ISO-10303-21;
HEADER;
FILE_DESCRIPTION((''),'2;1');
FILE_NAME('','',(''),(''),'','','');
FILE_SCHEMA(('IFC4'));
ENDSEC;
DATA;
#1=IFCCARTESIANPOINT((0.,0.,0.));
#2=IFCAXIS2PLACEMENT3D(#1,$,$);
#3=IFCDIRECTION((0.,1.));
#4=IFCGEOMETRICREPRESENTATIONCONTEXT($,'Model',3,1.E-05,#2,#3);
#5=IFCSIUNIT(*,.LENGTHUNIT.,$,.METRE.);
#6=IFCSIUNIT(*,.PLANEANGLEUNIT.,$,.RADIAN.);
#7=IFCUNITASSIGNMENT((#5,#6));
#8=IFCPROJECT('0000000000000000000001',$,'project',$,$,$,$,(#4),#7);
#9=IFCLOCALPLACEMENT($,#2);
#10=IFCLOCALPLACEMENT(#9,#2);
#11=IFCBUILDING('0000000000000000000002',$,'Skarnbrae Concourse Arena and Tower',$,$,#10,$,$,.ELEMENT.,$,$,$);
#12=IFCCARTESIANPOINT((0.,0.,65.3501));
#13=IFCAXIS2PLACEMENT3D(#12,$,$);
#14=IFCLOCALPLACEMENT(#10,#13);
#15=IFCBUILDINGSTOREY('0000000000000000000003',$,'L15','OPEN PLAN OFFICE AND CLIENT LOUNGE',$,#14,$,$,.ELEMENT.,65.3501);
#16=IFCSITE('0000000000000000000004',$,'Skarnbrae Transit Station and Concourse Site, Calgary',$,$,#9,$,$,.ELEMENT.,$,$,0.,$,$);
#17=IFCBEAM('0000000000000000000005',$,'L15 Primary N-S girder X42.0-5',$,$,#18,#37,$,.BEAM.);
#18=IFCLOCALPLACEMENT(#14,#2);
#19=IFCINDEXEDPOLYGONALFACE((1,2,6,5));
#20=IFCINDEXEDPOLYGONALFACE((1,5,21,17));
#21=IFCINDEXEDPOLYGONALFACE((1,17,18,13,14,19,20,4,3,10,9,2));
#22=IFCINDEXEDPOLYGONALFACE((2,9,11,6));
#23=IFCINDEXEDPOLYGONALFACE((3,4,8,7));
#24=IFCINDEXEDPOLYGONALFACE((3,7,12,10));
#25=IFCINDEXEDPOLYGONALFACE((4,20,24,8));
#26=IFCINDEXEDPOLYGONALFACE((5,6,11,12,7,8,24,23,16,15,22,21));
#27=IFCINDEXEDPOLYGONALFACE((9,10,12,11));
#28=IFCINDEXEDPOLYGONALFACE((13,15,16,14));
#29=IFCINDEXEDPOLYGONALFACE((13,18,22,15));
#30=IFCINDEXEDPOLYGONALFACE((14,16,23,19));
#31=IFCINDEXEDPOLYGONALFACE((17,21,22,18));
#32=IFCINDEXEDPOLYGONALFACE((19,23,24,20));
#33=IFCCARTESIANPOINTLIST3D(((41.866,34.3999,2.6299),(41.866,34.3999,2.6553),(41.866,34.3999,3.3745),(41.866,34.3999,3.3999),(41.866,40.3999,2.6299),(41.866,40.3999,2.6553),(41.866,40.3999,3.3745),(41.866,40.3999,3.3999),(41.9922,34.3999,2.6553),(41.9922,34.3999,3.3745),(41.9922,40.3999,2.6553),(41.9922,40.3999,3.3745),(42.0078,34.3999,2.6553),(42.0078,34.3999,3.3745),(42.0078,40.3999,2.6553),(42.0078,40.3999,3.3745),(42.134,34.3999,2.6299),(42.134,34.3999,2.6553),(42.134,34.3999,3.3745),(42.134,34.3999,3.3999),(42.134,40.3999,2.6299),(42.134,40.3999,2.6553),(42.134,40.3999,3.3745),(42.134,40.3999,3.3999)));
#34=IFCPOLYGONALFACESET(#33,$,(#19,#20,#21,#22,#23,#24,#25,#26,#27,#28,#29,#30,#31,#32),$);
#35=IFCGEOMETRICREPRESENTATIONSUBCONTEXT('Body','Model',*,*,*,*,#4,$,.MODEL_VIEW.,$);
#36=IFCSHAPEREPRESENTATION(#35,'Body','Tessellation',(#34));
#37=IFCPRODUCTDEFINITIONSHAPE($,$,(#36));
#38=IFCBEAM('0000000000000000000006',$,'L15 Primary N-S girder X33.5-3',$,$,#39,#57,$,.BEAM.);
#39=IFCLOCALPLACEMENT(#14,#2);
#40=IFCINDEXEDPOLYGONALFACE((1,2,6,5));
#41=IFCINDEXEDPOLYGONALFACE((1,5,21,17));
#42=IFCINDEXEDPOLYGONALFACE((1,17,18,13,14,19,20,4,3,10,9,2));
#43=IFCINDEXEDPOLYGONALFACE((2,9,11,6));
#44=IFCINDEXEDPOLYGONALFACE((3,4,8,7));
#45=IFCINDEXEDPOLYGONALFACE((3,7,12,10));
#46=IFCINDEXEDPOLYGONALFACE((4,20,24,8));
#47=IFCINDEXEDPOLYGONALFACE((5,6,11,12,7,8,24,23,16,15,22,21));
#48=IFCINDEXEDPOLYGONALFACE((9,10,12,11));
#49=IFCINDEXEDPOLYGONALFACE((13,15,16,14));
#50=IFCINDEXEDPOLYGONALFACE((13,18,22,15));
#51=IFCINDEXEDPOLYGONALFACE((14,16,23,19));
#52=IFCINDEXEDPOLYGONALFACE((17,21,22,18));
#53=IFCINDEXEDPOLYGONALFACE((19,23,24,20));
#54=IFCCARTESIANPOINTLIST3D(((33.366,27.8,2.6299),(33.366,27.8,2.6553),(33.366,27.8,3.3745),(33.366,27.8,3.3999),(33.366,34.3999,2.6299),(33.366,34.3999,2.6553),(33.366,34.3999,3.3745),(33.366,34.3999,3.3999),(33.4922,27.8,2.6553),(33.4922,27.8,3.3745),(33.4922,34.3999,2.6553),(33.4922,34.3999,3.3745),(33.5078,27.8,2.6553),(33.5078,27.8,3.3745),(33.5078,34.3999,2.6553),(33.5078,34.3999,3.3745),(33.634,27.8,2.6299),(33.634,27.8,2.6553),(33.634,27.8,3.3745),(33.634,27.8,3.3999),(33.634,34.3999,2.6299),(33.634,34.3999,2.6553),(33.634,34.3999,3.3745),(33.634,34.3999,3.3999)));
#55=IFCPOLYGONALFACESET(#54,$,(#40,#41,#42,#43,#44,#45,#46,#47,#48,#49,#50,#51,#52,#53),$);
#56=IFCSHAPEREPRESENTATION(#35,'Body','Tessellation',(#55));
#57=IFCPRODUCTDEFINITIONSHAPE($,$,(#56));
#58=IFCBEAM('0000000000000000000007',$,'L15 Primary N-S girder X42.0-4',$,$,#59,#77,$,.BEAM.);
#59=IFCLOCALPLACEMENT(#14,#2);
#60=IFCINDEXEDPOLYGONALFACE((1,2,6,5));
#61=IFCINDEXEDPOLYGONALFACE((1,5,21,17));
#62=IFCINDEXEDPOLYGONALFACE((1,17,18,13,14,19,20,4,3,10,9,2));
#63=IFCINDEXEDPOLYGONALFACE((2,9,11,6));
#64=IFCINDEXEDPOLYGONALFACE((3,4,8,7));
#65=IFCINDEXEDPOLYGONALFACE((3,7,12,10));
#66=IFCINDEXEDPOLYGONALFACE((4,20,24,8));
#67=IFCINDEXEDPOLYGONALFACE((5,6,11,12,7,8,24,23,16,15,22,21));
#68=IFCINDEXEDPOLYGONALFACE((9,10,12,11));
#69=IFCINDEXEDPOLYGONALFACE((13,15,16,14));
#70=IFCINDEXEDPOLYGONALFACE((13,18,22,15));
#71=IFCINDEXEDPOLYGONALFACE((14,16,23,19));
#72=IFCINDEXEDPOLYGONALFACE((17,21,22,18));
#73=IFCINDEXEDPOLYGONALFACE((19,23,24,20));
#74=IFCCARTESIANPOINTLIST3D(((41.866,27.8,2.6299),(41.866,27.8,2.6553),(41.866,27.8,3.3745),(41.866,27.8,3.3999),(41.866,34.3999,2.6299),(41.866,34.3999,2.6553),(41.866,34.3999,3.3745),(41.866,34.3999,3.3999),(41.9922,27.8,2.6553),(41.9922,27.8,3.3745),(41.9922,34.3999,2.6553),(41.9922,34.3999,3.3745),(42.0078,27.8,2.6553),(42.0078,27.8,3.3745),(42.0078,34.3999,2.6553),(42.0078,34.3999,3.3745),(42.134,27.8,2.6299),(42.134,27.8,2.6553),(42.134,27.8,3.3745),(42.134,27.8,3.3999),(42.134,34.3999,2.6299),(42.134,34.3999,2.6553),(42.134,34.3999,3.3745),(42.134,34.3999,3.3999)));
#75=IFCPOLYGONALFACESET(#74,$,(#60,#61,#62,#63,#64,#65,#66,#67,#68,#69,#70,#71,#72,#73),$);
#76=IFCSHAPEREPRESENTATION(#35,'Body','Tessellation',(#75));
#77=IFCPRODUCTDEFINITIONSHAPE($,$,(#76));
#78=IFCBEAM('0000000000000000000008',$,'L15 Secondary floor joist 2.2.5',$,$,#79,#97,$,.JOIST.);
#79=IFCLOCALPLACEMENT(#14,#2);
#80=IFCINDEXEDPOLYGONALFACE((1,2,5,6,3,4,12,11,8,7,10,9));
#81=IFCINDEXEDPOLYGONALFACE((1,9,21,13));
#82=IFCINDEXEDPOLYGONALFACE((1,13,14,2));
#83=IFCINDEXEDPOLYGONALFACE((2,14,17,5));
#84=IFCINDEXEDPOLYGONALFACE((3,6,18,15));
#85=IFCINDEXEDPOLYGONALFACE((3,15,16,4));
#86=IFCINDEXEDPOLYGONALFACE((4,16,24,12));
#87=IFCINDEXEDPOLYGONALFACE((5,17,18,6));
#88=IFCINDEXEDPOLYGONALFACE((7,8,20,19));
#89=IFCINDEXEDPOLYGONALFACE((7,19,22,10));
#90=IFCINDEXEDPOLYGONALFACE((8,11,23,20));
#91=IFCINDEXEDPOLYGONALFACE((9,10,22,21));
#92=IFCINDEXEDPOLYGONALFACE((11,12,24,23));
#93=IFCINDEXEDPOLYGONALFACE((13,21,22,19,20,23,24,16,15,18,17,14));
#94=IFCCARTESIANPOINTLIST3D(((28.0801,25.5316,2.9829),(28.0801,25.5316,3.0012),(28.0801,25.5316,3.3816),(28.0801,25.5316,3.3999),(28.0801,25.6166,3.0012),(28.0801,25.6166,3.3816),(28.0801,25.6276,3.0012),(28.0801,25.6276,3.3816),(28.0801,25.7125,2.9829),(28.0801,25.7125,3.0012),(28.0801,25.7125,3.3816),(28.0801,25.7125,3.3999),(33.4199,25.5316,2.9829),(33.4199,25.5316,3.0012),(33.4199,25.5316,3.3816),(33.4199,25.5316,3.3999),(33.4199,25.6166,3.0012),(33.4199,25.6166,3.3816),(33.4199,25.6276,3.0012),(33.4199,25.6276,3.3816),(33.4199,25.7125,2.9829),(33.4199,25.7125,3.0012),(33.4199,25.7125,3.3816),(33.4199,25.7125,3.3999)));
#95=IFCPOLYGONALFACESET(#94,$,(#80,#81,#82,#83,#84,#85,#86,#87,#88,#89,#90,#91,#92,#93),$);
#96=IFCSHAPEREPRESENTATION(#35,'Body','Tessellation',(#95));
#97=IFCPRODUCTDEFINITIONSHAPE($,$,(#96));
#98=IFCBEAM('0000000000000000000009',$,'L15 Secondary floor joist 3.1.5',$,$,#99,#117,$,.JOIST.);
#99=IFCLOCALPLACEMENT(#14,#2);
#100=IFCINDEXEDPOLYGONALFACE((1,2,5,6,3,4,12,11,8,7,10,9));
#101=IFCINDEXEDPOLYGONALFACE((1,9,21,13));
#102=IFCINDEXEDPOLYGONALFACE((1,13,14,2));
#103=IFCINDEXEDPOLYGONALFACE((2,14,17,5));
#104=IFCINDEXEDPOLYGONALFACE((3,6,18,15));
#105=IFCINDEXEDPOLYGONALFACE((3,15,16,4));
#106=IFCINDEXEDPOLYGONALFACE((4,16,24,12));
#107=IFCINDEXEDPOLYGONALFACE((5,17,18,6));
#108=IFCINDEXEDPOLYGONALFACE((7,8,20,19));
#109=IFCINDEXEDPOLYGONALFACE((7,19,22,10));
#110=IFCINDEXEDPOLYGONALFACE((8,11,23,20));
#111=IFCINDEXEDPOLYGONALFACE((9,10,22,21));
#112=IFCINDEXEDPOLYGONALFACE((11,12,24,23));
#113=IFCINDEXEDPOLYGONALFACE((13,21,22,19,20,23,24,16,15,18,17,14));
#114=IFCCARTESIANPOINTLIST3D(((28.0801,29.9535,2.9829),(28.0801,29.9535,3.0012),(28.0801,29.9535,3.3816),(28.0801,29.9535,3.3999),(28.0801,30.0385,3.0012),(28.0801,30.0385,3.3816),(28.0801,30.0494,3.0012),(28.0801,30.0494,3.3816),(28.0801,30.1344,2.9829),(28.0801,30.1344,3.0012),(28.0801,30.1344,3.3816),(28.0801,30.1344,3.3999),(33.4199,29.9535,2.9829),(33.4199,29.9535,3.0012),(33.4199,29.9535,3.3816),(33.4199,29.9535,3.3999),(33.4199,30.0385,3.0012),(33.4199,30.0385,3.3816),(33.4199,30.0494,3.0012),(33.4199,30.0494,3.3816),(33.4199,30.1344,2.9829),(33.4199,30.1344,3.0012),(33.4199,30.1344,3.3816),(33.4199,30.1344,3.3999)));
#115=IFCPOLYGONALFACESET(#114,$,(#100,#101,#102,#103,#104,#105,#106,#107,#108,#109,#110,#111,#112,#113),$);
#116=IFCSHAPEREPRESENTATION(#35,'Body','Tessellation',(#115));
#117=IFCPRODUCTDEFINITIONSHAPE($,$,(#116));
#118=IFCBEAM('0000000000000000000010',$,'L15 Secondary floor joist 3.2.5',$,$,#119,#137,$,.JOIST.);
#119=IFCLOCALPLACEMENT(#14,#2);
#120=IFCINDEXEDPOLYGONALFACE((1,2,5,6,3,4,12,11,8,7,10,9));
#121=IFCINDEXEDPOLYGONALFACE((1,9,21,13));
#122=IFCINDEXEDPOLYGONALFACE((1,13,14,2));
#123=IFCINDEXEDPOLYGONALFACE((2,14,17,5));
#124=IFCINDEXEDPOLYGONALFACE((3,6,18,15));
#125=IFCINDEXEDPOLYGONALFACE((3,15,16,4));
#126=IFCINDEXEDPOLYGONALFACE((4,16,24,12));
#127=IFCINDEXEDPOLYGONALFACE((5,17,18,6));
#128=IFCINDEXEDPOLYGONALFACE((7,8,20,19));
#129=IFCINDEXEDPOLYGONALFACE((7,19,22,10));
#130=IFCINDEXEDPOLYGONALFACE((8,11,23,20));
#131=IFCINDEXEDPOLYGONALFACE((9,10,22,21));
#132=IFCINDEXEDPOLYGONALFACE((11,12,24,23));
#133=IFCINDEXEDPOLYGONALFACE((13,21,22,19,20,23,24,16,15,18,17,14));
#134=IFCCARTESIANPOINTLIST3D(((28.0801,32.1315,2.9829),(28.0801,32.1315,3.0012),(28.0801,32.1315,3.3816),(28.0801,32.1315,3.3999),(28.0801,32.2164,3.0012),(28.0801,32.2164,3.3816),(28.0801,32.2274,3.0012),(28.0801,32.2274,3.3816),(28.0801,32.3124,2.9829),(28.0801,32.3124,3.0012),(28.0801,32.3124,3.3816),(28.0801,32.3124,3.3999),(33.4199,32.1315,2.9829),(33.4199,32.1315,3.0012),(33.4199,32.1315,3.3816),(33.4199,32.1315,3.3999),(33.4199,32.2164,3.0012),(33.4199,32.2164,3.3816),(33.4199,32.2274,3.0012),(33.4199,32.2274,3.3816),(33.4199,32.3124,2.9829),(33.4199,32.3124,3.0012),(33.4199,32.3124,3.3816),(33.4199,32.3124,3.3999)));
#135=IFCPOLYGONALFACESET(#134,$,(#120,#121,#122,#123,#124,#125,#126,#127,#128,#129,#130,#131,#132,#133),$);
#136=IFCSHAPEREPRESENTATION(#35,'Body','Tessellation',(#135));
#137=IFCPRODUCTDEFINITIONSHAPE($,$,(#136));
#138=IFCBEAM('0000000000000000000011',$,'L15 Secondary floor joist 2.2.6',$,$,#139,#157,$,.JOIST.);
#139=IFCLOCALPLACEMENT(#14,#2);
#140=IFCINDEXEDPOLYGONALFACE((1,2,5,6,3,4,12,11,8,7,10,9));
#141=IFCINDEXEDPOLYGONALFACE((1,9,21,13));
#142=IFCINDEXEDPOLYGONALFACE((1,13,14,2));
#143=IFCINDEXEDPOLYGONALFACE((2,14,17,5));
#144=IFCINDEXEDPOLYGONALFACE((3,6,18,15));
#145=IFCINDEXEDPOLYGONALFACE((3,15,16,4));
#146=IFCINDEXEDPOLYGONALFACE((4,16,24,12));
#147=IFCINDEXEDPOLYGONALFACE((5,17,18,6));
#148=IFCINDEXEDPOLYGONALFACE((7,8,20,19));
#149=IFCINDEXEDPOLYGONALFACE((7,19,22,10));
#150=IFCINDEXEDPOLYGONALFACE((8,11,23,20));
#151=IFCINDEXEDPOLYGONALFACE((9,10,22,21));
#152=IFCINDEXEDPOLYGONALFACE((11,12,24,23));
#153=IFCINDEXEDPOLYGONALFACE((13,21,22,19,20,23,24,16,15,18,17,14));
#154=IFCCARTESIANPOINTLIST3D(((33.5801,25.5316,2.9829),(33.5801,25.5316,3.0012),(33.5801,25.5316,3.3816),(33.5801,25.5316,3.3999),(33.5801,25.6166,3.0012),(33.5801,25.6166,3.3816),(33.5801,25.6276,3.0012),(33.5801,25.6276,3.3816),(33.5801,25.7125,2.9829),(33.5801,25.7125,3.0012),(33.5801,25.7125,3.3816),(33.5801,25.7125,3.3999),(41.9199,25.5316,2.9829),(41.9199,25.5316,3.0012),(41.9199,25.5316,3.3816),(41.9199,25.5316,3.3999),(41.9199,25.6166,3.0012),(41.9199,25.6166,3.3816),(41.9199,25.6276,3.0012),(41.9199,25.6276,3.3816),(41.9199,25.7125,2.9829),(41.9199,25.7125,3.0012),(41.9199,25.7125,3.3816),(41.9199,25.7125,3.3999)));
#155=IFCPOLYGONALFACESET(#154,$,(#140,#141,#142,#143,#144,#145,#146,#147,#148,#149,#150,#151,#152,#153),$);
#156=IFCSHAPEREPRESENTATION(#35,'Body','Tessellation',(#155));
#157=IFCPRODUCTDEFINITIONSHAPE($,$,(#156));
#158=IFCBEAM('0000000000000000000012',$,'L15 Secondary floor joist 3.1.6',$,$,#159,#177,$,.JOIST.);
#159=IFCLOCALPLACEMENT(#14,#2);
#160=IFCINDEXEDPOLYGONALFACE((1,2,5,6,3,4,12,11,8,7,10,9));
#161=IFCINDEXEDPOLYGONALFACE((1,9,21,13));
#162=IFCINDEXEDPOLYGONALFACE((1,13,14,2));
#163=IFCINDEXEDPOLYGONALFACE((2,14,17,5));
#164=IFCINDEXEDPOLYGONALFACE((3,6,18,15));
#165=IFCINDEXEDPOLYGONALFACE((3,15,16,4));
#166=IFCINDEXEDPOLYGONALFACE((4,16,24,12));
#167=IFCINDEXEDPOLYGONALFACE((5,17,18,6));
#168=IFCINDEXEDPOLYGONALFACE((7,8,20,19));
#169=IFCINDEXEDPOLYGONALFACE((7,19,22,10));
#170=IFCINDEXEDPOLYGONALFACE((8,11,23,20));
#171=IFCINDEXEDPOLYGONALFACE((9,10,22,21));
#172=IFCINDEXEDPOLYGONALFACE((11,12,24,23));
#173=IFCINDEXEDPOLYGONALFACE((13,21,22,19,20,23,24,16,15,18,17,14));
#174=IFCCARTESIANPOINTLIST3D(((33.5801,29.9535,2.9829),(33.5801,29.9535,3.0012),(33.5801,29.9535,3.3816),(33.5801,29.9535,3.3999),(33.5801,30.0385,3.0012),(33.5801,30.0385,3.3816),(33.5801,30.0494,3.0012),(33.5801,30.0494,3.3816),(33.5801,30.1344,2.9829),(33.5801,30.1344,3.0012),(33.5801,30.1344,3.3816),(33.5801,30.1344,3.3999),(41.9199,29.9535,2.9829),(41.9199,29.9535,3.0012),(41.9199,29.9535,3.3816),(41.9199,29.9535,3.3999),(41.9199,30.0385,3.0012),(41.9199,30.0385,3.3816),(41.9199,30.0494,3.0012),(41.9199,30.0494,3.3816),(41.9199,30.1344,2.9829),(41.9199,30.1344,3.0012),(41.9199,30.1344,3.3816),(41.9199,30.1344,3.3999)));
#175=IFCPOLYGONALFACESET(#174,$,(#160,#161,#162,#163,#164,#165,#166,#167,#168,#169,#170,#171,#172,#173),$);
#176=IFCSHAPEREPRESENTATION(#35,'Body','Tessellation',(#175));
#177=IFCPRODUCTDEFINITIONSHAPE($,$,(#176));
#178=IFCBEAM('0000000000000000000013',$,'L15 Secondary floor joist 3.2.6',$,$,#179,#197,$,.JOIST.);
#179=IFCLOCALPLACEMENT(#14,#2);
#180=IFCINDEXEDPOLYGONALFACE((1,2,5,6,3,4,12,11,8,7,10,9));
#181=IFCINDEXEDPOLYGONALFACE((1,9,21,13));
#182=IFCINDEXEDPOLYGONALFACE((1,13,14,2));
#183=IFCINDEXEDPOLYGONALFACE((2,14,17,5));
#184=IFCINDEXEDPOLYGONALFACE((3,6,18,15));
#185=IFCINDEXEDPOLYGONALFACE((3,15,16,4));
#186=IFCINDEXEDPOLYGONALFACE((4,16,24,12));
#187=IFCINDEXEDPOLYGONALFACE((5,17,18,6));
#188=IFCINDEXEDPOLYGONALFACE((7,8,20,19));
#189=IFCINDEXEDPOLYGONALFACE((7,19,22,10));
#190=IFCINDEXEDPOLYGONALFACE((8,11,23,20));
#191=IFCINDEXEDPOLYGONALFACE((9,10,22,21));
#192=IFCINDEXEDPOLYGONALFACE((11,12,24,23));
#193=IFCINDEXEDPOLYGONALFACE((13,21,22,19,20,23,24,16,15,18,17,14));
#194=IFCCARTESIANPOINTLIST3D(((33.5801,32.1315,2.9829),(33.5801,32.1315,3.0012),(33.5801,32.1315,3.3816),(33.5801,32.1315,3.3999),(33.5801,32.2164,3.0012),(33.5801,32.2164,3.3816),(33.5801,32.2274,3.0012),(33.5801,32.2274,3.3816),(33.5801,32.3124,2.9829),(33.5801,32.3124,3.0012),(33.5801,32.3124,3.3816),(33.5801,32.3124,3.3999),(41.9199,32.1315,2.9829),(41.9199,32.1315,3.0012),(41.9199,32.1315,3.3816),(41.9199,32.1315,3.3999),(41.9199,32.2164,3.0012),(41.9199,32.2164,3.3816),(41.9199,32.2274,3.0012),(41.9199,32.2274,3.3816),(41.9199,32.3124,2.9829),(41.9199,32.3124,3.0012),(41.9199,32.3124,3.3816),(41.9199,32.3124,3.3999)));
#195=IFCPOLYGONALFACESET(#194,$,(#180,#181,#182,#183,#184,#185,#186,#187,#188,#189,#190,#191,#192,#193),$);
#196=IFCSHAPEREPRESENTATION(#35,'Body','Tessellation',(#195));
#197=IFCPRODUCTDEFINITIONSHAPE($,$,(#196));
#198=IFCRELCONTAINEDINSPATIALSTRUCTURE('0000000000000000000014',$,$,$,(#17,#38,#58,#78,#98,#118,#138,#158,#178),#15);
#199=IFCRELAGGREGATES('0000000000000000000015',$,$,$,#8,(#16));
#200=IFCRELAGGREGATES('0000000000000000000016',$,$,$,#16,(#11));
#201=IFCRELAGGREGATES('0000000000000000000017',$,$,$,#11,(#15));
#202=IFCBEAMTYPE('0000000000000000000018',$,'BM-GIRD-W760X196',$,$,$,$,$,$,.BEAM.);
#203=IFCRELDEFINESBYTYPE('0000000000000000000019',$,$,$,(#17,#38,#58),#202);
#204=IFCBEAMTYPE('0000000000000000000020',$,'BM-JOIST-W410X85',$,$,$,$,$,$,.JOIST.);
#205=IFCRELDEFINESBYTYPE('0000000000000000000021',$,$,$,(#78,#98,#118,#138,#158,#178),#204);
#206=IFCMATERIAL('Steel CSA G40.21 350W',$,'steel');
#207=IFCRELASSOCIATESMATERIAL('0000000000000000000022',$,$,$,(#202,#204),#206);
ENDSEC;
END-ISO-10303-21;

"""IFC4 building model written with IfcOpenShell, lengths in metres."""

from ifc_helpers import new_model, si_unit, direction, frame, origin, origin_2d, place, context, subcontext, project, spatial, i_section, extrude, source, transform, mapped, material, material_profile, profile_set, type_object, element, save


model = new_model("IFC4")

# Units and contexts
model_context = context("Model", 3, precision=1e-05, world=origin(), true_north=direction((0.0, 1.0)))
body_context = subcontext(model_context, "Body", "Model", "MODEL_VIEW")
ifc_project = project(units=[si_unit("LENGTHUNIT", "METRE"), si_unit("PLANEANGLEUNIT", "RADIAN")], contexts=[model_context])

# Site, building, storey
site_placement = place(None, origin())
site = spatial("IfcSite", under=ifc_project, at=site_placement, Name="Skarnbrae Transit Station and Concourse Site, Calgary", CompositionType="ELEMENT", RefElevation=0.0)
building_placement = place(site_placement, origin())
building = spatial("IfcBuilding", under=site, at=building_placement, Name="Skarnbrae Concourse Arena and Tower", CompositionType="ELEMENT")
storey_placement = place(building_placement, frame((0.0, 0.0, 65.3501)))
storey = spatial("IfcBuildingStorey", under=building, at=storey_placement, Name="L15", Description="OPEN PLAN OFFICE AND CLIENT LOUNGE", CompositionType="ELEMENT", Elevation=65.3501)

# Shared definitions
ifc_material_1 = material(Name="Steel CSA G40.21 350W", Category="steel")

# Beams
ifc_material_profile_1 = material_profile(ifc_material_1, i_section(OverallWidth=0.2681, OverallDepth=0.77, WebThickness=0.0156, FlangeThickness=0.0254, at=origin_2d()), Name="W760X196")
ifc_profile_set_1 = profile_set([ifc_material_profile_1], Name="Steel CSA G40.21 350W")
beam_type_1 = type_object("IfcBeamType", Name="BM-GIRD-W760X196", PredefinedType="BEAM", material=ifc_profile_set_1)
shared_shape_1 = source(origin(), body_context, "Body", "SweptSolid", [
    extrude(i_section(OverallWidth=0.2681, OverallDepth=0.77, WebThickness=0.0156, FlangeThickness=0.0254, at=origin_2d()), origin(), (0.0, 0.0, 1.0), 6.0),
])
for number, where, z_axis, x_axis, name in (
    (1, (42.0, 34.3999, 3.0149), (0.0, 1.0, 0.0), (-1.0, 0.0, 0.0), "L15 Primary N-S girder X42.0-5"),
):
    element("IfcBeam", number, at=place(storey_placement, frame(where, z_axis=z_axis, x_axis=x_axis)), inside=storey, type_object=beam_type_1, Name=name, PredefinedType="BEAM", context=body_context, shape_type="MappedRepresentation", body=[
        mapped(shared_shape_1, transform((0.0, 0.0, 0.0))),
    ])
shared_shape_2 = source(origin(), body_context, "Body", "SweptSolid", [
    extrude(i_section(OverallWidth=0.2681, OverallDepth=0.77, WebThickness=0.0156, FlangeThickness=0.0254, at=origin_2d()), origin(), (0.0, 0.0, 1.0), 6.5999),
])
for number, where, z_axis, x_axis, name in (
    (2, (33.5, 27.8, 3.0149), (0.0, 1.0, 0.0), (-1.0, 0.0, 0.0), "L15 Primary N-S girder X33.5-3"),
    (3, (42.0, 27.8, 3.0149), (0.0, 1.0, 0.0), (-1.0, 0.0, 0.0), "L15 Primary N-S girder X42.0-4"),
):
    element("IfcBeam", number, at=place(storey_placement, frame(where, z_axis=z_axis, x_axis=x_axis)), inside=storey, type_object=beam_type_1, Name=name, PredefinedType="BEAM", context=body_context, shape_type="MappedRepresentation", body=[
        mapped(shared_shape_2, transform((0.0, 0.0, 0.0))),
    ])
ifc_material_profile_2 = material_profile(ifc_material_1, i_section(OverallWidth=0.1809, OverallDepth=0.417, WebThickness=0.011, FlangeThickness=0.0183, at=origin_2d()), Name="W410X85")
ifc_profile_set_2 = profile_set([ifc_material_profile_2], Name="Steel CSA G40.21 350W")
beam_type_2 = type_object("IfcBeamType", Name="BM-JOIST-W410X85", PredefinedType="JOIST", material=ifc_profile_set_2)
shared_shape_3 = source(origin(), body_context, "Body", "SweptSolid", [
    extrude(i_section(OverallWidth=0.1809, OverallDepth=0.417, WebThickness=0.011, FlangeThickness=0.0183, at=origin_2d()), origin(), (0.0, 0.0, 1.0), 5.3398),
])
for number, where, z_axis, x_axis, name in (
    (4, (28.0801, 25.6221, 3.1914), (1.0, 0.0, 0.0), (0.0, 1.0, 0.0), "L15 Secondary floor joist 2.2.5"),
    (5, (28.0801, 30.0439, 3.1914), (1.0, 0.0, 0.0), (0.0, 1.0, 0.0), "L15 Secondary floor joist 3.1.5"),
    (6, (28.0801, 32.2219, 3.1914), (1.0, 0.0, 0.0), (0.0, 1.0, 0.0), "L15 Secondary floor joist 3.2.5"),
):
    element("IfcBeam", number, at=place(storey_placement, frame(where, z_axis=z_axis, x_axis=x_axis)), inside=storey, type_object=beam_type_2, Name=name, PredefinedType="JOIST", context=body_context, shape_type="MappedRepresentation", body=[
        mapped(shared_shape_3, transform((0.0, 0.0, 0.0))),
    ])
shared_shape_4 = source(origin(), body_context, "Body", "SweptSolid", [
    extrude(i_section(OverallWidth=0.1809, OverallDepth=0.417, WebThickness=0.011, FlangeThickness=0.0183, at=origin_2d()), origin(), (0.0, 0.0, 1.0), 8.3398),
])
for number, where, z_axis, x_axis, name in (
    (7, (33.5801, 25.6221, 3.1914), (1.0, 0.0, 0.0), (0.0, 1.0, 0.0), "L15 Secondary floor joist 2.2.6"),
    (8, (33.5801, 30.0439, 3.1914), (1.0, 0.0, 0.0), (0.0, 1.0, 0.0), "L15 Secondary floor joist 3.1.6"),
    (9, (33.5801, 32.2219, 3.1914), (1.0, 0.0, 0.0), (0.0, 1.0, 0.0), "L15 Secondary floor joist 3.2.6"),
):
    element("IfcBeam", number, at=place(storey_placement, frame(where, z_axis=z_axis, x_axis=x_axis)), inside=storey, type_object=beam_type_2, Name=name, PredefinedType="JOIST", context=body_context, shape_type="MappedRepresentation", body=[
        mapped(shared_shape_4, transform((0.0, 0.0, 0.0))),
    ])

save(model, "model.ifc")
